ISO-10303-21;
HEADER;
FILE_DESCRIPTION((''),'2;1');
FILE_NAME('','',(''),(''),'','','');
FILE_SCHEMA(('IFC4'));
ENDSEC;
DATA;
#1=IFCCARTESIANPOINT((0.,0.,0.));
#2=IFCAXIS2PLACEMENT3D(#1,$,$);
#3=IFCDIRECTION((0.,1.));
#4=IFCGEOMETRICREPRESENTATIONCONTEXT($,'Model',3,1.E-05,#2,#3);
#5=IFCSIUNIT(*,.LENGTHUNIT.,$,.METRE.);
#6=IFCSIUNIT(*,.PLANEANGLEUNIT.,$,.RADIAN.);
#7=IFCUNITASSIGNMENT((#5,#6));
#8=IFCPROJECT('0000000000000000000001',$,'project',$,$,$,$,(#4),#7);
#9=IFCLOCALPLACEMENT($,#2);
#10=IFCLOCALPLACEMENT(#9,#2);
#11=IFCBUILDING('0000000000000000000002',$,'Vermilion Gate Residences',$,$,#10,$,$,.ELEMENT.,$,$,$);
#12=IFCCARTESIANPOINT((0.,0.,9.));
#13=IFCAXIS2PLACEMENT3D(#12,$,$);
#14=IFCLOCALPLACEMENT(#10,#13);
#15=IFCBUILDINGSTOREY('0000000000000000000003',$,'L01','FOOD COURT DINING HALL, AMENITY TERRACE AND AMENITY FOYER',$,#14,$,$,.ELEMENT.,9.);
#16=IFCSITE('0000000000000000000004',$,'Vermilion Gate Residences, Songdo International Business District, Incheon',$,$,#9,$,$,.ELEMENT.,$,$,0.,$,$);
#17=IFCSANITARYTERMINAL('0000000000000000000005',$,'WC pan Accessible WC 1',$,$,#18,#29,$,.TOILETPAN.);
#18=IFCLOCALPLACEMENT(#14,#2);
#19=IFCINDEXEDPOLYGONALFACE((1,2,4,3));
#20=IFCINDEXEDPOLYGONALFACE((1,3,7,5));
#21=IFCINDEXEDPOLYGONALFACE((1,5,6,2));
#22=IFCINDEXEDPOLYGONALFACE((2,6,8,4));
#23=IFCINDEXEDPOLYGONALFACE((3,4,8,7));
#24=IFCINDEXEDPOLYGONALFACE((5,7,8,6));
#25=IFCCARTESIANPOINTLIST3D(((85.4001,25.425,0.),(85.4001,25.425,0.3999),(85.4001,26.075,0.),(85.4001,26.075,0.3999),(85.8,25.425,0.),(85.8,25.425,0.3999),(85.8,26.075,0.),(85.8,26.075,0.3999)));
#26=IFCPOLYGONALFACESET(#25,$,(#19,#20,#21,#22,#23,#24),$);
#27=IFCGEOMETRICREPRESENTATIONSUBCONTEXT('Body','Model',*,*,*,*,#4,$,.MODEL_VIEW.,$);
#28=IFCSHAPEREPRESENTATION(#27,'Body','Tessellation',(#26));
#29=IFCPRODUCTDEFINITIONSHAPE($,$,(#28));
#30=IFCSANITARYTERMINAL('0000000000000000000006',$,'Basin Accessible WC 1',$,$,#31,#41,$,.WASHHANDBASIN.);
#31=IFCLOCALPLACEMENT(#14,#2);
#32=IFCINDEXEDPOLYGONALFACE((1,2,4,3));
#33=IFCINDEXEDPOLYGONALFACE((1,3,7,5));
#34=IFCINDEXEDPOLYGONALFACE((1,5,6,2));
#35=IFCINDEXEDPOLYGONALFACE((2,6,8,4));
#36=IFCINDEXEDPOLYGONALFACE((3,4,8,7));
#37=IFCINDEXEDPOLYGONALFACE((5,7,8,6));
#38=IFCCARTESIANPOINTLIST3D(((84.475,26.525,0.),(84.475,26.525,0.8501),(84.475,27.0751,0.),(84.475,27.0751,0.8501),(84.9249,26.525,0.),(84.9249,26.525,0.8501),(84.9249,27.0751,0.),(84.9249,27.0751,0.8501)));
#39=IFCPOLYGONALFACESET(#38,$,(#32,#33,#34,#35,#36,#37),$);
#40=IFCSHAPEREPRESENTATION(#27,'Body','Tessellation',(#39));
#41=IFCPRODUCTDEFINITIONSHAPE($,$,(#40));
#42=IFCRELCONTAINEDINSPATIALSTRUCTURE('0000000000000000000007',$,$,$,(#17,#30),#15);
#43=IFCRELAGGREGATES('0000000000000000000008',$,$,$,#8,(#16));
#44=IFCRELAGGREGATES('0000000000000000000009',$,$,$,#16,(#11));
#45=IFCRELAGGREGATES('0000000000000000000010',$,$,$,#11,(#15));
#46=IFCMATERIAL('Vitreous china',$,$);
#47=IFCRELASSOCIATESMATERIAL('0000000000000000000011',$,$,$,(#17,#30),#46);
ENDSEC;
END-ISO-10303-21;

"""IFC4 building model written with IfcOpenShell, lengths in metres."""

from ifc_helpers import new_model, si_unit, direction, frame, origin, origin_2d, place, context, subcontext, project, spatial, rectangle, extrude, material, element, save


model = new_model("IFC4")

# Units and contexts
model_context = context("Model", 3, precision=1e-05, world=origin(), true_north=direction((0.0, 1.0)))
body_context = subcontext(model_context, "Body", "Model", "MODEL_VIEW")
ifc_project = project(units=[si_unit("LENGTHUNIT", "METRE"), si_unit("PLANEANGLEUNIT", "RADIAN")], contexts=[model_context])

# Site, building, storey
site_placement = place(None, origin())
site = spatial("IfcSite", under=ifc_project, at=site_placement, Name="Vermilion Gate Residences, Songdo International Business District, Incheon", CompositionType="ELEMENT", RefElevation=0.0)
building_placement = place(site_placement, origin())
building = spatial("IfcBuilding", under=site, at=building_placement, Name="Vermilion Gate Residences", CompositionType="ELEMENT")
storey_placement = place(building_placement, frame((0.0, 0.0, 9.0)))
storey = spatial("IfcBuildingStorey", under=building, at=storey_placement, Name="L01", Description="FOOD COURT DINING HALL, AMENITY TERRACE AND AMENITY FOYER", CompositionType="ELEMENT", Elevation=9.0)

# Sanitary terminals
ifc_material_1 = material(Name="Vitreous china")
sanitary_terminal_1_placement = place(storey_placement, frame((85.6001, 25.75, 0.0), z_axis=(0.0, 0.0, 1.0), x_axis=(1.0, 0.0, 0.0)))
element("IfcSanitaryTerminal", 1, at=sanitary_terminal_1_placement, inside=storey, material=ifc_material_1, Name="WC pan Accessible WC 1", PredefinedType="TOILETPAN", context=body_context, shape_type="SweptSolid", body=[
    extrude(rectangle(XDim=0.3999, YDim=0.6499, at=origin_2d()), origin(), (0.0, 0.0, 1.0), 0.3999),
])
sanitary_terminal_2_placement = place(storey_placement, frame((84.7, 26.8, 0.0), z_axis=(0.0, 0.0, 1.0), x_axis=(1.0, 0.0, 0.0)))
element("IfcSanitaryTerminal", 2, at=sanitary_terminal_2_placement, inside=storey, material=ifc_material_1, Name="Basin Accessible WC 1", PredefinedType="WASHHANDBASIN", context=body_context, shape_type="SweptSolid", body=[
    extrude(rectangle(XDim=0.45, YDim=0.55, at=origin_2d()), origin(), (0.0, 0.0, 1.0), 0.8501),
])

save(model, "model.ifc")
